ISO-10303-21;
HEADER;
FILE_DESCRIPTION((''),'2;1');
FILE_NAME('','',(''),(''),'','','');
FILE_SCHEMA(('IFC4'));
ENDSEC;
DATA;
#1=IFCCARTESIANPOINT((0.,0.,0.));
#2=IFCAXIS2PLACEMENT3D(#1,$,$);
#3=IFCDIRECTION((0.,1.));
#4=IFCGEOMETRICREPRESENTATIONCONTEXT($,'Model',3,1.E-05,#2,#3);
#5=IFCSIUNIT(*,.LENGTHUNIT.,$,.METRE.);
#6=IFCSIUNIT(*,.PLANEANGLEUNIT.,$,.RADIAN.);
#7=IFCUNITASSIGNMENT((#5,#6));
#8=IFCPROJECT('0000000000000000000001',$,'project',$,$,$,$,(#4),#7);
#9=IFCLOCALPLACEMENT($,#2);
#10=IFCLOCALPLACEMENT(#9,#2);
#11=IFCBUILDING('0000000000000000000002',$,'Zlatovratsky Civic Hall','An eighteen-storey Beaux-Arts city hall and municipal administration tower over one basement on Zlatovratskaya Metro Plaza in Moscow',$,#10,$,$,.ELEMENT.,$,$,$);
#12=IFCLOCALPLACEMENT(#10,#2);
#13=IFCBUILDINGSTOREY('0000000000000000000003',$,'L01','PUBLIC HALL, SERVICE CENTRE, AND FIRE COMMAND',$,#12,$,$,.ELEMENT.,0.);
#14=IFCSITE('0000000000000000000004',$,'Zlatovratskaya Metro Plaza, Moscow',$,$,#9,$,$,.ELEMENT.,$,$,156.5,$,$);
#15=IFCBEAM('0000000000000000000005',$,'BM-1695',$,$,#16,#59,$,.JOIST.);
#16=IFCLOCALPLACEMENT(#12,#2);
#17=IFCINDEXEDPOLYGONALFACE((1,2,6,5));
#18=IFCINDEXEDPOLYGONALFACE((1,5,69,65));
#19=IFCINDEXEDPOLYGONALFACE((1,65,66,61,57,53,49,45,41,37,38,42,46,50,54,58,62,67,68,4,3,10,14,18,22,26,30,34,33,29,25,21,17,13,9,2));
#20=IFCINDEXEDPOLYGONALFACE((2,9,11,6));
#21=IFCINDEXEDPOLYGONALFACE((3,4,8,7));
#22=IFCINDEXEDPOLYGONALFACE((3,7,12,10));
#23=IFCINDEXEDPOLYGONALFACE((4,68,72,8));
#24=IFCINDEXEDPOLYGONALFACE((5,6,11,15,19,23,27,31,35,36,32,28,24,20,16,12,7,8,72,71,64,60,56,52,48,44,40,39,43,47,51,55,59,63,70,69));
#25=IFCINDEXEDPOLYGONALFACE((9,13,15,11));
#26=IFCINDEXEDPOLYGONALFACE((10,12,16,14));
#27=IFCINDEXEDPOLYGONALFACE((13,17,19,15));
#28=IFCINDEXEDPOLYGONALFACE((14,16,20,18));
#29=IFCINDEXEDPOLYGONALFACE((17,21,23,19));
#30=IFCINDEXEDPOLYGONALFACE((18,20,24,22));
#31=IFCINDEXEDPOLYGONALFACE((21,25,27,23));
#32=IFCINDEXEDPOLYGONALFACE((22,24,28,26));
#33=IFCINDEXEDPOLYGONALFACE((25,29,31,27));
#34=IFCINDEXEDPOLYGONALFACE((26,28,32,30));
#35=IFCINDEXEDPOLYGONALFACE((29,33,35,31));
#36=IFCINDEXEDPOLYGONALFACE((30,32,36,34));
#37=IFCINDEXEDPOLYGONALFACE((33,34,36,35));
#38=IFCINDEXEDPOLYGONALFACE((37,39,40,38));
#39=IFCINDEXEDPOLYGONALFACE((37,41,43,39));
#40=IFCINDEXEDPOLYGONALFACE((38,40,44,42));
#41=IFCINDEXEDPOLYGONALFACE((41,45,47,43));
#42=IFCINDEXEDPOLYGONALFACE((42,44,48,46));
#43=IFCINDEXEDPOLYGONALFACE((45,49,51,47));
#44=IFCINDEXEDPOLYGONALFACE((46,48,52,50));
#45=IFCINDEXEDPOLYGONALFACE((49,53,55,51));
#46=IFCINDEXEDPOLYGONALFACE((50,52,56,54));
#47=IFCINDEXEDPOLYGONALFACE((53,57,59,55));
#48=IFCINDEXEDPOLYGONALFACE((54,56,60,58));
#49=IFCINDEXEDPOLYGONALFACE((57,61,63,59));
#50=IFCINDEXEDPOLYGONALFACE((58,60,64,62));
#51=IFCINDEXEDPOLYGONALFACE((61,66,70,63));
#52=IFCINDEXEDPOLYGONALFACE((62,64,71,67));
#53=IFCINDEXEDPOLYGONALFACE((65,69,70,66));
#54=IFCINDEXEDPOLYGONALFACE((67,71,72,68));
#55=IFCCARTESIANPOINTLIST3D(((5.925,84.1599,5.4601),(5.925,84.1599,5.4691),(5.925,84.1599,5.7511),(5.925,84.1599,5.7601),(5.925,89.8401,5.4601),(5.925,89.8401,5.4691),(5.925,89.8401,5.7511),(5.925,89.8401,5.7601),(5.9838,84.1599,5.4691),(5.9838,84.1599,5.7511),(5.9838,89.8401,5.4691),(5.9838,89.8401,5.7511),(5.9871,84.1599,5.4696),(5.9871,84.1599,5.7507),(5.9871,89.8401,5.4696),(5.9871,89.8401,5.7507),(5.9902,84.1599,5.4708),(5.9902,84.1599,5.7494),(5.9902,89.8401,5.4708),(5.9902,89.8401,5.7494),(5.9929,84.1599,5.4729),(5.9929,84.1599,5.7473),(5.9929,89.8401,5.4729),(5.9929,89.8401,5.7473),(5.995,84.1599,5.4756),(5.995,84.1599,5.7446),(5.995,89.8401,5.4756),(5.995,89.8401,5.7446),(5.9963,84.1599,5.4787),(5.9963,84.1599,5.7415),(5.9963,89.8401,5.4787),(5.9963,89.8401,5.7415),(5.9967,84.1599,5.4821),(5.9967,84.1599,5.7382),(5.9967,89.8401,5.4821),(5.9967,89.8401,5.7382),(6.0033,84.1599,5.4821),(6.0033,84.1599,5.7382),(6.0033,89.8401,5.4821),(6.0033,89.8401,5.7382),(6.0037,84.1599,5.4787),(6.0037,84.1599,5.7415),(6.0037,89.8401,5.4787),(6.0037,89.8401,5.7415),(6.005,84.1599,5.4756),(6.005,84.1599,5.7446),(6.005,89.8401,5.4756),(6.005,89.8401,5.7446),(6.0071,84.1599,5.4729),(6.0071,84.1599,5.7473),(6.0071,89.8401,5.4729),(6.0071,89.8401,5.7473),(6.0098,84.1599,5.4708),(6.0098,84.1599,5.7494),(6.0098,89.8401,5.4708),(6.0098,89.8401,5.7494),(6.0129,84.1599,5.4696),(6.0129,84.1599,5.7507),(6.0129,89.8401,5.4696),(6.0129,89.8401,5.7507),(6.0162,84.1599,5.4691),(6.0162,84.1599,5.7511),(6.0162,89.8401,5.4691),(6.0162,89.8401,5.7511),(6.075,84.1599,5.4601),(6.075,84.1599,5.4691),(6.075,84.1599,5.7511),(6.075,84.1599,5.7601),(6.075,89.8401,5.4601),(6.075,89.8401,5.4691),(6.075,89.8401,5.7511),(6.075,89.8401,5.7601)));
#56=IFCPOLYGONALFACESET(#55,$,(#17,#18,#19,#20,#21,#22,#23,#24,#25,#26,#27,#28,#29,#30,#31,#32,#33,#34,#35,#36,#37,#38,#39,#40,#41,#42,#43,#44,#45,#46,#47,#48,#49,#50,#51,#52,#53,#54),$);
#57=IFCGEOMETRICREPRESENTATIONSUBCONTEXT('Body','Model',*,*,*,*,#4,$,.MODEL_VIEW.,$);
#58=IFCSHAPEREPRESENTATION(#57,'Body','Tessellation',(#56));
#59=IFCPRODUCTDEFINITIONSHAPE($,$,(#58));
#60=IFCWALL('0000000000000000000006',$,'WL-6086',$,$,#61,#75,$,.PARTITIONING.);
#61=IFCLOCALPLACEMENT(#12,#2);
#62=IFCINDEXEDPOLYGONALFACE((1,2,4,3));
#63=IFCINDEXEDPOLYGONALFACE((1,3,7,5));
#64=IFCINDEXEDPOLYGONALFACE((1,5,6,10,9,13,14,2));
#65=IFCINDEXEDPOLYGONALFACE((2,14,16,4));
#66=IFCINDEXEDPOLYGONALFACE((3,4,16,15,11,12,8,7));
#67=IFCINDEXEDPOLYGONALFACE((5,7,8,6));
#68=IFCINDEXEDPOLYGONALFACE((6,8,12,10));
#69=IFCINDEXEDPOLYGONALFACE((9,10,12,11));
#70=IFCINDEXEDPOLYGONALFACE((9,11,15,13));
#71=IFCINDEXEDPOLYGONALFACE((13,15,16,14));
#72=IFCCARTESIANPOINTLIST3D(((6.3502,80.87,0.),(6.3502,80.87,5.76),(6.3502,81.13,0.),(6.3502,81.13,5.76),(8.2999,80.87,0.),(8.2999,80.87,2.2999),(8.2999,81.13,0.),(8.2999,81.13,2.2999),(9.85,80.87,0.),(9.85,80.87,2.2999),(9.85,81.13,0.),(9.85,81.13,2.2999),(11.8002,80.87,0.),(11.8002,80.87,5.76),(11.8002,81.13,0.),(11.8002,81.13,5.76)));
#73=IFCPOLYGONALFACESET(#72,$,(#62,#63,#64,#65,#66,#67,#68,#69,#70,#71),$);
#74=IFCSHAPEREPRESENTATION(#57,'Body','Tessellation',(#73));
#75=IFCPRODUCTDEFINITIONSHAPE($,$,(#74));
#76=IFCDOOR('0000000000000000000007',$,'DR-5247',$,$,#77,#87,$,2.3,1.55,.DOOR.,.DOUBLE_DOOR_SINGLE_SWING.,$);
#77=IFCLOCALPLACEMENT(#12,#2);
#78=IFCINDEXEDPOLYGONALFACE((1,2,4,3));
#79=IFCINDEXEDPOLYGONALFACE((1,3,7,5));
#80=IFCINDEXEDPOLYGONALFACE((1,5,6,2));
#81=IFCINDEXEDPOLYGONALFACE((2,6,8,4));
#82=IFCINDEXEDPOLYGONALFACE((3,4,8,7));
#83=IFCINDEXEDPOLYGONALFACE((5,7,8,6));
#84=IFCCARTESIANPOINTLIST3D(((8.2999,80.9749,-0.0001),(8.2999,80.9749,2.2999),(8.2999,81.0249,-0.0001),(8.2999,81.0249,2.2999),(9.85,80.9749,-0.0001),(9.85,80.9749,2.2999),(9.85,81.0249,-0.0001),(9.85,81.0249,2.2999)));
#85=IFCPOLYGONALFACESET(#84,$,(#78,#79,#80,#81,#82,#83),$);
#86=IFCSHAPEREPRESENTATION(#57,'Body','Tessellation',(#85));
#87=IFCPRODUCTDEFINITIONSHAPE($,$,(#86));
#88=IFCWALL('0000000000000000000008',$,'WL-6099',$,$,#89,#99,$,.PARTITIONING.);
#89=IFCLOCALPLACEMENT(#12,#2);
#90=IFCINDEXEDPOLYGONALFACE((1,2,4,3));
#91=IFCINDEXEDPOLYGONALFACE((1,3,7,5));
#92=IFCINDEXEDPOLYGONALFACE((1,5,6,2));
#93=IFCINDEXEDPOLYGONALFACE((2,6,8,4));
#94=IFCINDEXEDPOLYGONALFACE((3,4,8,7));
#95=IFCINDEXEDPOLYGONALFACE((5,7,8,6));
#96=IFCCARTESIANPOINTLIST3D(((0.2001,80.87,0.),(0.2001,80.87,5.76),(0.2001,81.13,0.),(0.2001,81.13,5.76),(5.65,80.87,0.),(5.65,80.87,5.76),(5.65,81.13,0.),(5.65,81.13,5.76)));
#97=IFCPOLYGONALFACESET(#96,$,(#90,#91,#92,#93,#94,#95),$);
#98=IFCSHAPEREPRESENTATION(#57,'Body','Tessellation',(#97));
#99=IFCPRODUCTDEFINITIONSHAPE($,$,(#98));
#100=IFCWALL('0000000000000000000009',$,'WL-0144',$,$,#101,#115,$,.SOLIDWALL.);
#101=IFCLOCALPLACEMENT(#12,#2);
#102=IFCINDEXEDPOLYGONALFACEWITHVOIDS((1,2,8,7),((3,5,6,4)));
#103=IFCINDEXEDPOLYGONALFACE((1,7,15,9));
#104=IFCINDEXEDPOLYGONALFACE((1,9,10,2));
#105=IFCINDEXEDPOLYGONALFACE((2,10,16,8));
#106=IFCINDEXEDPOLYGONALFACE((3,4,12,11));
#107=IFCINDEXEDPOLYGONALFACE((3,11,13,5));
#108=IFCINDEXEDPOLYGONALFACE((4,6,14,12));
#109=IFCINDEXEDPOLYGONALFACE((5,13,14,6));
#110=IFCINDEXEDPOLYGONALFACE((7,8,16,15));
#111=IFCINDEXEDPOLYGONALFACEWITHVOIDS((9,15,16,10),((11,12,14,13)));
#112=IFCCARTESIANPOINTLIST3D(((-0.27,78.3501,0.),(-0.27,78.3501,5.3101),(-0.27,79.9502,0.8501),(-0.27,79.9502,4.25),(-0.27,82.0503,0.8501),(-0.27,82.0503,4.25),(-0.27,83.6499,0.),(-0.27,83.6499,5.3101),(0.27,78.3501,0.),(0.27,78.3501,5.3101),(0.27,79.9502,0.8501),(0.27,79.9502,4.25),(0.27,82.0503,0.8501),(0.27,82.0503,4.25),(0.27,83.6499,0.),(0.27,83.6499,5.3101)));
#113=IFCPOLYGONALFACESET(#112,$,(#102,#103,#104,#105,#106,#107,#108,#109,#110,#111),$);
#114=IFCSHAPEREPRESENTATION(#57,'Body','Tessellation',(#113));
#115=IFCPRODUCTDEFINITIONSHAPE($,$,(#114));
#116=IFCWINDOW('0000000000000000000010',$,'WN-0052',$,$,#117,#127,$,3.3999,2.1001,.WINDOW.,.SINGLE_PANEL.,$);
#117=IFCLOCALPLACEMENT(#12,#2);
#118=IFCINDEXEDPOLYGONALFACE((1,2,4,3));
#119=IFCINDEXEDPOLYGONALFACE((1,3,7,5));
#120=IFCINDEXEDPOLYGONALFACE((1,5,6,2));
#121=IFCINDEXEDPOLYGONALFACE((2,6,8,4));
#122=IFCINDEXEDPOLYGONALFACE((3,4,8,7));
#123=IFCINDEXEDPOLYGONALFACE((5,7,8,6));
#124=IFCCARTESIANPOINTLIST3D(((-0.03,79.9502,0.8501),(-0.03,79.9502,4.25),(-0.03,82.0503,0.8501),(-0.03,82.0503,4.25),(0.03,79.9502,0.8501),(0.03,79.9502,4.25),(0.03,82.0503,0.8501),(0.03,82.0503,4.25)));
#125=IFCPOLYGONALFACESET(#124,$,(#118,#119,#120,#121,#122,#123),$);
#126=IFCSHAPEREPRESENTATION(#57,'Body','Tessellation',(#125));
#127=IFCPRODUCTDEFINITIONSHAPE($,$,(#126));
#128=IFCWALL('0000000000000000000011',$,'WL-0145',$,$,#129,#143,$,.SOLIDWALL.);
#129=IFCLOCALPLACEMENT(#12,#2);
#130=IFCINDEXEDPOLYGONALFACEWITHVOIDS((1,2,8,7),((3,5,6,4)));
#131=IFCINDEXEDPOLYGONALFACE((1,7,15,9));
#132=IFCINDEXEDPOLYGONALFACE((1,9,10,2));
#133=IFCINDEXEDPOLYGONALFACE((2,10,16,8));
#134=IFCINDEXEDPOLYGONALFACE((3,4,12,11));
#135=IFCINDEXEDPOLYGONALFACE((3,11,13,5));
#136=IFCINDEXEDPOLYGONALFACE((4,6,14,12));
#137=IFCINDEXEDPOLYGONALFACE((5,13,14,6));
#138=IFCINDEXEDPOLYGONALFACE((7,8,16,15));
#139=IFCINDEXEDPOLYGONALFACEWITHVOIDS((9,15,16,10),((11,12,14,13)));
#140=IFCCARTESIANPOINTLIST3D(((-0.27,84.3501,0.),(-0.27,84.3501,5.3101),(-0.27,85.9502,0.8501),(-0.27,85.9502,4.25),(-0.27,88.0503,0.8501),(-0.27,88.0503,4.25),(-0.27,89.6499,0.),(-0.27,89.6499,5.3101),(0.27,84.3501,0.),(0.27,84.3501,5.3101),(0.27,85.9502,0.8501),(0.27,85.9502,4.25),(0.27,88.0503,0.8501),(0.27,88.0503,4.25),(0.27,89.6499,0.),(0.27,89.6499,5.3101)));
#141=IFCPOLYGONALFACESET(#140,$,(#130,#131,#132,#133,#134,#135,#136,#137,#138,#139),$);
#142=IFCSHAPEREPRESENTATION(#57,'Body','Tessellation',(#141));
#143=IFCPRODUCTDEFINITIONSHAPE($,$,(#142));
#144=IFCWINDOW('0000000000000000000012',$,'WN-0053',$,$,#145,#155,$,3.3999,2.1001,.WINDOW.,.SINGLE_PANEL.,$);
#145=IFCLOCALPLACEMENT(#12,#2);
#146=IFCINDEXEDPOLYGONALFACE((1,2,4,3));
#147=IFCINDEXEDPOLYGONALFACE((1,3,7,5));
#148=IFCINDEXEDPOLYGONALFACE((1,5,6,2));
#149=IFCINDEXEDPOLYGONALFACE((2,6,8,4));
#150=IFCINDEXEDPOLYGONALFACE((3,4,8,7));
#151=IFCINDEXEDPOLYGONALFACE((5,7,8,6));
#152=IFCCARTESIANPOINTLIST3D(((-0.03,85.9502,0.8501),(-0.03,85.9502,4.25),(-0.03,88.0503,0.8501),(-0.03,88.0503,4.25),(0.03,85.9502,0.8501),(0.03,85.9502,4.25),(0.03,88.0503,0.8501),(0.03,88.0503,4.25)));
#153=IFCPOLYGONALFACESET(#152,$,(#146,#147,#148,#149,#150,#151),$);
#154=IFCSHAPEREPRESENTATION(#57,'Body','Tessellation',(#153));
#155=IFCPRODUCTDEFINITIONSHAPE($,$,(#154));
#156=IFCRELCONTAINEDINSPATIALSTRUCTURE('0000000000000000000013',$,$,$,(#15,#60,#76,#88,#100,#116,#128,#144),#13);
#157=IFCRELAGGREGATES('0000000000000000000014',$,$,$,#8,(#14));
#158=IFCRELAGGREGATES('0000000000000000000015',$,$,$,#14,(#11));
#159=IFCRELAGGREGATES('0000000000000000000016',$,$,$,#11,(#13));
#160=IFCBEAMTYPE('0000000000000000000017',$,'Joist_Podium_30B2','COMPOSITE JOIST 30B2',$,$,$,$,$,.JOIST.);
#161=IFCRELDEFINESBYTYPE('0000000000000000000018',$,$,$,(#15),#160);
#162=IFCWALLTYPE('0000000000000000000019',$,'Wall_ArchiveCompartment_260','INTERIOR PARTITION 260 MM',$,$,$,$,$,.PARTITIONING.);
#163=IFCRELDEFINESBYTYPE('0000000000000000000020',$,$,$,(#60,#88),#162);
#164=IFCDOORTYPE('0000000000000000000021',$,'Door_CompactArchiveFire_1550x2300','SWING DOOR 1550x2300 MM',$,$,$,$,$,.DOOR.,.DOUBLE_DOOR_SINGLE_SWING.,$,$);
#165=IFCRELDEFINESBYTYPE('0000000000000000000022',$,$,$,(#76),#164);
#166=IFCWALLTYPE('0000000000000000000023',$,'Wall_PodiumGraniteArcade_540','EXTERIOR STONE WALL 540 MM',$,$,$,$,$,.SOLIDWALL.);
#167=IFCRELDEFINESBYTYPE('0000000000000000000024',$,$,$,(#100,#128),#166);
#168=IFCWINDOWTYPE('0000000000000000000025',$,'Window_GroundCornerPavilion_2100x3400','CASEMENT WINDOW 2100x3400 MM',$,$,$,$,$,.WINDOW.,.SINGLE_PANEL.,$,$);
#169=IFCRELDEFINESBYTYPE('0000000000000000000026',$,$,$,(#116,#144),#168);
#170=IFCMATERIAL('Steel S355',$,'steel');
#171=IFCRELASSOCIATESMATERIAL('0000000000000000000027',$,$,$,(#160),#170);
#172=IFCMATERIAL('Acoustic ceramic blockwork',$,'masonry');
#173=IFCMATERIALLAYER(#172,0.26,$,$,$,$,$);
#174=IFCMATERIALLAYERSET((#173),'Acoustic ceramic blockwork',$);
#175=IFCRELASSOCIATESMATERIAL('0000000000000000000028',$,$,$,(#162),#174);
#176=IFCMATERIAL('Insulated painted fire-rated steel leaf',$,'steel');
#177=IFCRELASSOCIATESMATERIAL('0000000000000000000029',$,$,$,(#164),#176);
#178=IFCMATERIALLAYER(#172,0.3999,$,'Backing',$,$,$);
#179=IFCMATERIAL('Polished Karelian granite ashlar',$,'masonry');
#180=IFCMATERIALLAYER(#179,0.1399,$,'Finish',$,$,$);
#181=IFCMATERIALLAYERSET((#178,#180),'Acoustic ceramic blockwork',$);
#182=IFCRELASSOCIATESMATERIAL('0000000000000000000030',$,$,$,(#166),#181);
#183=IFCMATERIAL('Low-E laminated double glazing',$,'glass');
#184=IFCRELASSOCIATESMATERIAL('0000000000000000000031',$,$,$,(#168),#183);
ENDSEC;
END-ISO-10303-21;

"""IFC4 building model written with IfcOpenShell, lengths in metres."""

from ifc_helpers import new_model, si_unit, direction, frame, frame_2d, origin, origin_2d, place, context, subcontext, project, spatial, rectangle, i_section, extrude, material, layer, layer_set, material_profile, profile_set, type_object, element, fill, save


model = new_model("IFC4")

# Units and contexts
model_context = context("Model", 3, precision=1e-05, world=origin(), true_north=direction((0.0, 1.0)))
body_context = subcontext(model_context, "Body", "Model", "MODEL_VIEW")
ifc_project = project(units=[si_unit("LENGTHUNIT", "METRE"), si_unit("PLANEANGLEUNIT", "RADIAN")], contexts=[model_context])

# Site, building, storey
site_placement = place(None, origin())
site = spatial("IfcSite", under=ifc_project, at=site_placement, Name="Zlatovratskaya Metro Plaza, Moscow", CompositionType="ELEMENT", RefElevation=156.5)
building_placement = place(site_placement, origin())
building = spatial("IfcBuilding", under=site, at=building_placement, Name="Zlatovratsky Civic Hall", Description="An eighteen-storey Beaux-Arts city hall and municipal administration tower over one basement on Zlatovratskaya Metro Plaza in Moscow", CompositionType="ELEMENT")
storey_placement = place(building_placement, origin())
storey = spatial("IfcBuildingStorey", under=building, at=storey_placement, Name="L01", Description="PUBLIC HALL, SERVICE CENTRE, AND FIRE COMMAND", CompositionType="ELEMENT", Elevation=0.0)

# Shared definitions
ifc_material_1 = material(Name="Steel S355", Category="steel")

# Beam
ifc_material_profile_1 = material_profile(ifc_material_1, i_section(OverallWidth=0.1499, OverallDepth=0.3, WebThickness=0.0066, FlangeThickness=0.009, FilletRadius=0.0129, at=origin_2d()), Name="30B2")
ifc_profile_set_1 = profile_set([ifc_material_profile_1], Name="Steel S355")
beam_type_1 = type_object("IfcBeamType", Name="Joist_Podium_30B2", Description="COMPOSITE JOIST 30B2", PredefinedType="JOIST", material=ifc_profile_set_1)
for number, where, z_axis, x_axis, name in (
    (1, (6.0, 84.1599, 5.6101), (0.0, 1.0, 0.0), (-1.0, 0.0, 0.0), "BM-1695"),
):
    element("IfcBeam", number, at=place(storey_placement, frame(where, z_axis=z_axis, x_axis=x_axis)), inside=storey, type_object=beam_type_1, Name=name, PredefinedType="JOIST", context=body_context, shape_type="SweptSolid", body=[
        extrude(i_section(OverallWidth=0.1499, OverallDepth=0.3, WebThickness=0.0066, FlangeThickness=0.009, FilletRadius=0.0129, at=origin_2d()), origin(), (0.0, 0.0, 1.0), 5.6802),
    ])

# Wall, opening, door
ifc_material_2 = material(Name="Acoustic ceramic blockwork", Category="masonry")
ifc_layer_1 = layer(ifc_material_2, 0.26)
ifc_layer_set_1 = layer_set([ifc_layer_1], Name="Acoustic ceramic blockwork")
wall_type_1 = type_object("IfcWallType", Name="Wall_ArchiveCompartment_260", Description="INTERIOR PARTITION 260 MM", PredefinedType="PARTITIONING", material=ifc_layer_set_1)
wall_1_placement = place(storey_placement, frame((6.3501, 81.0, 0.0), z_axis=(0.0, 0.0, 1.0), x_axis=(1.0, 0.0, 0.0)))
wall_1 = element("IfcWall", 2, at=wall_1_placement, inside=storey, type_object=wall_type_1, Name="WL-6086", PredefinedType="PARTITIONING", context=body_context, shape_type="SweptSolid", body=[
    extrude(rectangle(XDim=5.45, YDim=0.26, at=frame_2d((2.7251, 0.0))), origin(), (0.0, 0.0, 1.0), 5.76),
])
opening_1_placement = place(wall_1_placement, frame((1.95, 0.0, 0.0)))
opening_1 = element("IfcOpeningElement", 3, at=opening_1_placement, cuts=wall_1, PredefinedType="OPENING", context=body_context, shape_type="SweptSolid", body=[
    extrude(rectangle(XDim=1.55, YDim=2.3, at=frame_2d((0.7749, 1.1499))), frame((0.0, 0.145, 0.0), z_axis=(0.0, -1.0, 0.0), x_axis=(1.0, 0.0, 0.0)), (0.0, 0.0, 1.0), 0.2898),
])
ifc_material_3 = material(Name="Insulated painted fire-rated steel leaf", Category="steel")
door_type_1 = type_object("IfcDoorType", Name="Door_CompactArchiveFire_1550x2300", Description="SWING DOOR 1550x2300 MM", OperationType="DOUBLE_DOOR_SINGLE_SWING", PredefinedType="DOOR", material=ifc_material_3)
door_1_placement = place(opening_1_placement, origin())
door_1 = element("IfcDoor", 4, at=door_1_placement, inside=storey, type_object=door_type_1, Name="DR-5247", OperationType="DOUBLE_DOOR_SINGLE_SWING", OverallHeight=2.3, OverallWidth=1.55, PredefinedType="DOOR", context=body_context, shape_type="SweptSolid", body=[
    extrude(rectangle(XDim=1.55, YDim=2.3, at=frame_2d((0.7749, 1.1499))), frame((0.0, 0.0249, 0.0), z_axis=(0.0, -1.0, 0.0), x_axis=(1.0, 0.0, 0.0)), (0.0, 0.0, 1.0), 0.05),
])
fill(opening_1, door_1)

# Wall
wall_2_placement = place(storey_placement, frame((0.2, 81.0, 0.0), z_axis=(0.0, 0.0, 1.0), x_axis=(1.0, 0.0, 0.0)))
element("IfcWall", 5, at=wall_2_placement, inside=storey, type_object=wall_type_1, Name="WL-6099", PredefinedType="PARTITIONING", context=body_context, shape_type="SweptSolid", body=[
    extrude(rectangle(XDim=5.45, YDim=0.26, at=frame_2d((2.7251, 0.0))), origin(), (0.0, 0.0, 1.0), 5.76),
])

# Walls, openings, windows
ifc_layer_2 = layer(ifc_material_2, 0.3999, Name="Backing")
ifc_material_4 = material(Name="Polished Karelian granite ashlar", Category="masonry")
ifc_layer_3 = layer(ifc_material_4, 0.1399, Name="Finish")
ifc_layer_set_2 = layer_set([ifc_layer_2, ifc_layer_3], Name="Acoustic ceramic blockwork")
wall_type_2 = type_object("IfcWallType", Name="Wall_PodiumGraniteArcade_540", Description="EXTERIOR STONE WALL 540 MM", PredefinedType="SOLIDWALL", material=ifc_layer_set_2)
wall_3_placement = place(storey_placement, frame((0.0, 78.3501, 0.0), z_axis=(0.0, 0.0, 1.0), x_axis=(0.0, 1.0, 0.0)))
wall_3 = element("IfcWall", 6, at=wall_3_placement, inside=storey, type_object=wall_type_2, Name="WL-0144", PredefinedType="SOLIDWALL", context=body_context, shape_type="SweptSolid", body=[
    extrude(rectangle(XDim=5.2998, YDim=0.54, at=frame_2d((2.6499, 0.0))), origin(), (0.0, 0.0, 1.0), 5.3101),
])
opening_2_placement = place(wall_3_placement, frame((1.6001, 0.0, 0.8501)))
opening_2 = element("IfcOpeningElement", 7, at=opening_2_placement, cuts=wall_3, PredefinedType="OPENING", context=body_context, shape_type="SweptSolid", body=[
    extrude(rectangle(XDim=2.1001, YDim=3.3999, at=frame_2d((1.05, 1.7))), frame((0.0, 0.2849, 0.0), z_axis=(0.0, -1.0, 0.0), x_axis=(1.0, 0.0, 0.0)), (0.0, 0.0, 1.0), 0.5698),
])
ifc_material_5 = material(Name="Low-E laminated double glazing", Category="glass")
window_type = type_object("IfcWindowType", Name="Window_GroundCornerPavilion_2100x3400", Description="CASEMENT WINDOW 2100x3400 MM", PartitioningType="SINGLE_PANEL", PredefinedType="WINDOW", material=ifc_material_5)
window_1_placement = place(opening_2_placement, origin())
window_1 = element("IfcWindow", 8, at=window_1_placement, inside=storey, type_object=window_type, Name="WN-0052", OverallHeight=3.3999, OverallWidth=2.1001, PartitioningType="SINGLE_PANEL", PredefinedType="WINDOW", context=body_context, shape_type="SweptSolid", body=[
    extrude(rectangle(XDim=2.1001, YDim=3.3999, at=frame_2d((1.05, 1.7))), frame((0.0, 0.03, 0.0), z_axis=(0.0, -1.0, 0.0), x_axis=(1.0, 0.0, 0.0)), (0.0, 0.0, 1.0), 0.0601),
])
fill(opening_2, window_1)
wall_4_placement = place(storey_placement, frame((0.0, 84.3501, 0.0), z_axis=(0.0, 0.0, 1.0), x_axis=(0.0, 1.0, 0.0)))
wall_4 = element("IfcWall", 9, at=wall_4_placement, inside=storey, type_object=wall_type_2, Name="WL-0145", PredefinedType="SOLIDWALL", context=body_context, shape_type="SweptSolid", body=[
    extrude(rectangle(XDim=5.2998, YDim=0.54, at=frame_2d((2.6499, 0.0))), origin(), (0.0, 0.0, 1.0), 5.3101),
])
opening_3_placement = place(wall_4_placement, frame((1.6001, 0.0, 0.8501)))
opening_3 = element("IfcOpeningElement", 10, at=opening_3_placement, cuts=wall_4, PredefinedType="OPENING", context=body_context, shape_type="SweptSolid", body=[
    extrude(rectangle(XDim=2.1001, YDim=3.3999, at=frame_2d((1.05, 1.7))), frame((0.0, 0.2849, 0.0), z_axis=(0.0, -1.0, 0.0), x_axis=(1.0, 0.0, 0.0)), (0.0, 0.0, 1.0), 0.5698),
])
window_2_placement = place(opening_3_placement, origin())
window_2 = element("IfcWindow", 11, at=window_2_placement, inside=storey, type_object=window_type, Name="WN-0053", OverallHeight=3.3999, OverallWidth=2.1001, PartitioningType="SINGLE_PANEL", PredefinedType="WINDOW", context=body_context, shape_type="SweptSolid", body=[
    extrude(rectangle(XDim=2.1001, YDim=3.3999, at=frame_2d((1.05, 1.7))), frame((0.0, 0.03, 0.0), z_axis=(0.0, -1.0, 0.0), x_axis=(1.0, 0.0, 0.0)), (0.0, 0.0, 1.0), 0.0601),
])
fill(opening_3, window_2)

save(model, "model.ifc")
